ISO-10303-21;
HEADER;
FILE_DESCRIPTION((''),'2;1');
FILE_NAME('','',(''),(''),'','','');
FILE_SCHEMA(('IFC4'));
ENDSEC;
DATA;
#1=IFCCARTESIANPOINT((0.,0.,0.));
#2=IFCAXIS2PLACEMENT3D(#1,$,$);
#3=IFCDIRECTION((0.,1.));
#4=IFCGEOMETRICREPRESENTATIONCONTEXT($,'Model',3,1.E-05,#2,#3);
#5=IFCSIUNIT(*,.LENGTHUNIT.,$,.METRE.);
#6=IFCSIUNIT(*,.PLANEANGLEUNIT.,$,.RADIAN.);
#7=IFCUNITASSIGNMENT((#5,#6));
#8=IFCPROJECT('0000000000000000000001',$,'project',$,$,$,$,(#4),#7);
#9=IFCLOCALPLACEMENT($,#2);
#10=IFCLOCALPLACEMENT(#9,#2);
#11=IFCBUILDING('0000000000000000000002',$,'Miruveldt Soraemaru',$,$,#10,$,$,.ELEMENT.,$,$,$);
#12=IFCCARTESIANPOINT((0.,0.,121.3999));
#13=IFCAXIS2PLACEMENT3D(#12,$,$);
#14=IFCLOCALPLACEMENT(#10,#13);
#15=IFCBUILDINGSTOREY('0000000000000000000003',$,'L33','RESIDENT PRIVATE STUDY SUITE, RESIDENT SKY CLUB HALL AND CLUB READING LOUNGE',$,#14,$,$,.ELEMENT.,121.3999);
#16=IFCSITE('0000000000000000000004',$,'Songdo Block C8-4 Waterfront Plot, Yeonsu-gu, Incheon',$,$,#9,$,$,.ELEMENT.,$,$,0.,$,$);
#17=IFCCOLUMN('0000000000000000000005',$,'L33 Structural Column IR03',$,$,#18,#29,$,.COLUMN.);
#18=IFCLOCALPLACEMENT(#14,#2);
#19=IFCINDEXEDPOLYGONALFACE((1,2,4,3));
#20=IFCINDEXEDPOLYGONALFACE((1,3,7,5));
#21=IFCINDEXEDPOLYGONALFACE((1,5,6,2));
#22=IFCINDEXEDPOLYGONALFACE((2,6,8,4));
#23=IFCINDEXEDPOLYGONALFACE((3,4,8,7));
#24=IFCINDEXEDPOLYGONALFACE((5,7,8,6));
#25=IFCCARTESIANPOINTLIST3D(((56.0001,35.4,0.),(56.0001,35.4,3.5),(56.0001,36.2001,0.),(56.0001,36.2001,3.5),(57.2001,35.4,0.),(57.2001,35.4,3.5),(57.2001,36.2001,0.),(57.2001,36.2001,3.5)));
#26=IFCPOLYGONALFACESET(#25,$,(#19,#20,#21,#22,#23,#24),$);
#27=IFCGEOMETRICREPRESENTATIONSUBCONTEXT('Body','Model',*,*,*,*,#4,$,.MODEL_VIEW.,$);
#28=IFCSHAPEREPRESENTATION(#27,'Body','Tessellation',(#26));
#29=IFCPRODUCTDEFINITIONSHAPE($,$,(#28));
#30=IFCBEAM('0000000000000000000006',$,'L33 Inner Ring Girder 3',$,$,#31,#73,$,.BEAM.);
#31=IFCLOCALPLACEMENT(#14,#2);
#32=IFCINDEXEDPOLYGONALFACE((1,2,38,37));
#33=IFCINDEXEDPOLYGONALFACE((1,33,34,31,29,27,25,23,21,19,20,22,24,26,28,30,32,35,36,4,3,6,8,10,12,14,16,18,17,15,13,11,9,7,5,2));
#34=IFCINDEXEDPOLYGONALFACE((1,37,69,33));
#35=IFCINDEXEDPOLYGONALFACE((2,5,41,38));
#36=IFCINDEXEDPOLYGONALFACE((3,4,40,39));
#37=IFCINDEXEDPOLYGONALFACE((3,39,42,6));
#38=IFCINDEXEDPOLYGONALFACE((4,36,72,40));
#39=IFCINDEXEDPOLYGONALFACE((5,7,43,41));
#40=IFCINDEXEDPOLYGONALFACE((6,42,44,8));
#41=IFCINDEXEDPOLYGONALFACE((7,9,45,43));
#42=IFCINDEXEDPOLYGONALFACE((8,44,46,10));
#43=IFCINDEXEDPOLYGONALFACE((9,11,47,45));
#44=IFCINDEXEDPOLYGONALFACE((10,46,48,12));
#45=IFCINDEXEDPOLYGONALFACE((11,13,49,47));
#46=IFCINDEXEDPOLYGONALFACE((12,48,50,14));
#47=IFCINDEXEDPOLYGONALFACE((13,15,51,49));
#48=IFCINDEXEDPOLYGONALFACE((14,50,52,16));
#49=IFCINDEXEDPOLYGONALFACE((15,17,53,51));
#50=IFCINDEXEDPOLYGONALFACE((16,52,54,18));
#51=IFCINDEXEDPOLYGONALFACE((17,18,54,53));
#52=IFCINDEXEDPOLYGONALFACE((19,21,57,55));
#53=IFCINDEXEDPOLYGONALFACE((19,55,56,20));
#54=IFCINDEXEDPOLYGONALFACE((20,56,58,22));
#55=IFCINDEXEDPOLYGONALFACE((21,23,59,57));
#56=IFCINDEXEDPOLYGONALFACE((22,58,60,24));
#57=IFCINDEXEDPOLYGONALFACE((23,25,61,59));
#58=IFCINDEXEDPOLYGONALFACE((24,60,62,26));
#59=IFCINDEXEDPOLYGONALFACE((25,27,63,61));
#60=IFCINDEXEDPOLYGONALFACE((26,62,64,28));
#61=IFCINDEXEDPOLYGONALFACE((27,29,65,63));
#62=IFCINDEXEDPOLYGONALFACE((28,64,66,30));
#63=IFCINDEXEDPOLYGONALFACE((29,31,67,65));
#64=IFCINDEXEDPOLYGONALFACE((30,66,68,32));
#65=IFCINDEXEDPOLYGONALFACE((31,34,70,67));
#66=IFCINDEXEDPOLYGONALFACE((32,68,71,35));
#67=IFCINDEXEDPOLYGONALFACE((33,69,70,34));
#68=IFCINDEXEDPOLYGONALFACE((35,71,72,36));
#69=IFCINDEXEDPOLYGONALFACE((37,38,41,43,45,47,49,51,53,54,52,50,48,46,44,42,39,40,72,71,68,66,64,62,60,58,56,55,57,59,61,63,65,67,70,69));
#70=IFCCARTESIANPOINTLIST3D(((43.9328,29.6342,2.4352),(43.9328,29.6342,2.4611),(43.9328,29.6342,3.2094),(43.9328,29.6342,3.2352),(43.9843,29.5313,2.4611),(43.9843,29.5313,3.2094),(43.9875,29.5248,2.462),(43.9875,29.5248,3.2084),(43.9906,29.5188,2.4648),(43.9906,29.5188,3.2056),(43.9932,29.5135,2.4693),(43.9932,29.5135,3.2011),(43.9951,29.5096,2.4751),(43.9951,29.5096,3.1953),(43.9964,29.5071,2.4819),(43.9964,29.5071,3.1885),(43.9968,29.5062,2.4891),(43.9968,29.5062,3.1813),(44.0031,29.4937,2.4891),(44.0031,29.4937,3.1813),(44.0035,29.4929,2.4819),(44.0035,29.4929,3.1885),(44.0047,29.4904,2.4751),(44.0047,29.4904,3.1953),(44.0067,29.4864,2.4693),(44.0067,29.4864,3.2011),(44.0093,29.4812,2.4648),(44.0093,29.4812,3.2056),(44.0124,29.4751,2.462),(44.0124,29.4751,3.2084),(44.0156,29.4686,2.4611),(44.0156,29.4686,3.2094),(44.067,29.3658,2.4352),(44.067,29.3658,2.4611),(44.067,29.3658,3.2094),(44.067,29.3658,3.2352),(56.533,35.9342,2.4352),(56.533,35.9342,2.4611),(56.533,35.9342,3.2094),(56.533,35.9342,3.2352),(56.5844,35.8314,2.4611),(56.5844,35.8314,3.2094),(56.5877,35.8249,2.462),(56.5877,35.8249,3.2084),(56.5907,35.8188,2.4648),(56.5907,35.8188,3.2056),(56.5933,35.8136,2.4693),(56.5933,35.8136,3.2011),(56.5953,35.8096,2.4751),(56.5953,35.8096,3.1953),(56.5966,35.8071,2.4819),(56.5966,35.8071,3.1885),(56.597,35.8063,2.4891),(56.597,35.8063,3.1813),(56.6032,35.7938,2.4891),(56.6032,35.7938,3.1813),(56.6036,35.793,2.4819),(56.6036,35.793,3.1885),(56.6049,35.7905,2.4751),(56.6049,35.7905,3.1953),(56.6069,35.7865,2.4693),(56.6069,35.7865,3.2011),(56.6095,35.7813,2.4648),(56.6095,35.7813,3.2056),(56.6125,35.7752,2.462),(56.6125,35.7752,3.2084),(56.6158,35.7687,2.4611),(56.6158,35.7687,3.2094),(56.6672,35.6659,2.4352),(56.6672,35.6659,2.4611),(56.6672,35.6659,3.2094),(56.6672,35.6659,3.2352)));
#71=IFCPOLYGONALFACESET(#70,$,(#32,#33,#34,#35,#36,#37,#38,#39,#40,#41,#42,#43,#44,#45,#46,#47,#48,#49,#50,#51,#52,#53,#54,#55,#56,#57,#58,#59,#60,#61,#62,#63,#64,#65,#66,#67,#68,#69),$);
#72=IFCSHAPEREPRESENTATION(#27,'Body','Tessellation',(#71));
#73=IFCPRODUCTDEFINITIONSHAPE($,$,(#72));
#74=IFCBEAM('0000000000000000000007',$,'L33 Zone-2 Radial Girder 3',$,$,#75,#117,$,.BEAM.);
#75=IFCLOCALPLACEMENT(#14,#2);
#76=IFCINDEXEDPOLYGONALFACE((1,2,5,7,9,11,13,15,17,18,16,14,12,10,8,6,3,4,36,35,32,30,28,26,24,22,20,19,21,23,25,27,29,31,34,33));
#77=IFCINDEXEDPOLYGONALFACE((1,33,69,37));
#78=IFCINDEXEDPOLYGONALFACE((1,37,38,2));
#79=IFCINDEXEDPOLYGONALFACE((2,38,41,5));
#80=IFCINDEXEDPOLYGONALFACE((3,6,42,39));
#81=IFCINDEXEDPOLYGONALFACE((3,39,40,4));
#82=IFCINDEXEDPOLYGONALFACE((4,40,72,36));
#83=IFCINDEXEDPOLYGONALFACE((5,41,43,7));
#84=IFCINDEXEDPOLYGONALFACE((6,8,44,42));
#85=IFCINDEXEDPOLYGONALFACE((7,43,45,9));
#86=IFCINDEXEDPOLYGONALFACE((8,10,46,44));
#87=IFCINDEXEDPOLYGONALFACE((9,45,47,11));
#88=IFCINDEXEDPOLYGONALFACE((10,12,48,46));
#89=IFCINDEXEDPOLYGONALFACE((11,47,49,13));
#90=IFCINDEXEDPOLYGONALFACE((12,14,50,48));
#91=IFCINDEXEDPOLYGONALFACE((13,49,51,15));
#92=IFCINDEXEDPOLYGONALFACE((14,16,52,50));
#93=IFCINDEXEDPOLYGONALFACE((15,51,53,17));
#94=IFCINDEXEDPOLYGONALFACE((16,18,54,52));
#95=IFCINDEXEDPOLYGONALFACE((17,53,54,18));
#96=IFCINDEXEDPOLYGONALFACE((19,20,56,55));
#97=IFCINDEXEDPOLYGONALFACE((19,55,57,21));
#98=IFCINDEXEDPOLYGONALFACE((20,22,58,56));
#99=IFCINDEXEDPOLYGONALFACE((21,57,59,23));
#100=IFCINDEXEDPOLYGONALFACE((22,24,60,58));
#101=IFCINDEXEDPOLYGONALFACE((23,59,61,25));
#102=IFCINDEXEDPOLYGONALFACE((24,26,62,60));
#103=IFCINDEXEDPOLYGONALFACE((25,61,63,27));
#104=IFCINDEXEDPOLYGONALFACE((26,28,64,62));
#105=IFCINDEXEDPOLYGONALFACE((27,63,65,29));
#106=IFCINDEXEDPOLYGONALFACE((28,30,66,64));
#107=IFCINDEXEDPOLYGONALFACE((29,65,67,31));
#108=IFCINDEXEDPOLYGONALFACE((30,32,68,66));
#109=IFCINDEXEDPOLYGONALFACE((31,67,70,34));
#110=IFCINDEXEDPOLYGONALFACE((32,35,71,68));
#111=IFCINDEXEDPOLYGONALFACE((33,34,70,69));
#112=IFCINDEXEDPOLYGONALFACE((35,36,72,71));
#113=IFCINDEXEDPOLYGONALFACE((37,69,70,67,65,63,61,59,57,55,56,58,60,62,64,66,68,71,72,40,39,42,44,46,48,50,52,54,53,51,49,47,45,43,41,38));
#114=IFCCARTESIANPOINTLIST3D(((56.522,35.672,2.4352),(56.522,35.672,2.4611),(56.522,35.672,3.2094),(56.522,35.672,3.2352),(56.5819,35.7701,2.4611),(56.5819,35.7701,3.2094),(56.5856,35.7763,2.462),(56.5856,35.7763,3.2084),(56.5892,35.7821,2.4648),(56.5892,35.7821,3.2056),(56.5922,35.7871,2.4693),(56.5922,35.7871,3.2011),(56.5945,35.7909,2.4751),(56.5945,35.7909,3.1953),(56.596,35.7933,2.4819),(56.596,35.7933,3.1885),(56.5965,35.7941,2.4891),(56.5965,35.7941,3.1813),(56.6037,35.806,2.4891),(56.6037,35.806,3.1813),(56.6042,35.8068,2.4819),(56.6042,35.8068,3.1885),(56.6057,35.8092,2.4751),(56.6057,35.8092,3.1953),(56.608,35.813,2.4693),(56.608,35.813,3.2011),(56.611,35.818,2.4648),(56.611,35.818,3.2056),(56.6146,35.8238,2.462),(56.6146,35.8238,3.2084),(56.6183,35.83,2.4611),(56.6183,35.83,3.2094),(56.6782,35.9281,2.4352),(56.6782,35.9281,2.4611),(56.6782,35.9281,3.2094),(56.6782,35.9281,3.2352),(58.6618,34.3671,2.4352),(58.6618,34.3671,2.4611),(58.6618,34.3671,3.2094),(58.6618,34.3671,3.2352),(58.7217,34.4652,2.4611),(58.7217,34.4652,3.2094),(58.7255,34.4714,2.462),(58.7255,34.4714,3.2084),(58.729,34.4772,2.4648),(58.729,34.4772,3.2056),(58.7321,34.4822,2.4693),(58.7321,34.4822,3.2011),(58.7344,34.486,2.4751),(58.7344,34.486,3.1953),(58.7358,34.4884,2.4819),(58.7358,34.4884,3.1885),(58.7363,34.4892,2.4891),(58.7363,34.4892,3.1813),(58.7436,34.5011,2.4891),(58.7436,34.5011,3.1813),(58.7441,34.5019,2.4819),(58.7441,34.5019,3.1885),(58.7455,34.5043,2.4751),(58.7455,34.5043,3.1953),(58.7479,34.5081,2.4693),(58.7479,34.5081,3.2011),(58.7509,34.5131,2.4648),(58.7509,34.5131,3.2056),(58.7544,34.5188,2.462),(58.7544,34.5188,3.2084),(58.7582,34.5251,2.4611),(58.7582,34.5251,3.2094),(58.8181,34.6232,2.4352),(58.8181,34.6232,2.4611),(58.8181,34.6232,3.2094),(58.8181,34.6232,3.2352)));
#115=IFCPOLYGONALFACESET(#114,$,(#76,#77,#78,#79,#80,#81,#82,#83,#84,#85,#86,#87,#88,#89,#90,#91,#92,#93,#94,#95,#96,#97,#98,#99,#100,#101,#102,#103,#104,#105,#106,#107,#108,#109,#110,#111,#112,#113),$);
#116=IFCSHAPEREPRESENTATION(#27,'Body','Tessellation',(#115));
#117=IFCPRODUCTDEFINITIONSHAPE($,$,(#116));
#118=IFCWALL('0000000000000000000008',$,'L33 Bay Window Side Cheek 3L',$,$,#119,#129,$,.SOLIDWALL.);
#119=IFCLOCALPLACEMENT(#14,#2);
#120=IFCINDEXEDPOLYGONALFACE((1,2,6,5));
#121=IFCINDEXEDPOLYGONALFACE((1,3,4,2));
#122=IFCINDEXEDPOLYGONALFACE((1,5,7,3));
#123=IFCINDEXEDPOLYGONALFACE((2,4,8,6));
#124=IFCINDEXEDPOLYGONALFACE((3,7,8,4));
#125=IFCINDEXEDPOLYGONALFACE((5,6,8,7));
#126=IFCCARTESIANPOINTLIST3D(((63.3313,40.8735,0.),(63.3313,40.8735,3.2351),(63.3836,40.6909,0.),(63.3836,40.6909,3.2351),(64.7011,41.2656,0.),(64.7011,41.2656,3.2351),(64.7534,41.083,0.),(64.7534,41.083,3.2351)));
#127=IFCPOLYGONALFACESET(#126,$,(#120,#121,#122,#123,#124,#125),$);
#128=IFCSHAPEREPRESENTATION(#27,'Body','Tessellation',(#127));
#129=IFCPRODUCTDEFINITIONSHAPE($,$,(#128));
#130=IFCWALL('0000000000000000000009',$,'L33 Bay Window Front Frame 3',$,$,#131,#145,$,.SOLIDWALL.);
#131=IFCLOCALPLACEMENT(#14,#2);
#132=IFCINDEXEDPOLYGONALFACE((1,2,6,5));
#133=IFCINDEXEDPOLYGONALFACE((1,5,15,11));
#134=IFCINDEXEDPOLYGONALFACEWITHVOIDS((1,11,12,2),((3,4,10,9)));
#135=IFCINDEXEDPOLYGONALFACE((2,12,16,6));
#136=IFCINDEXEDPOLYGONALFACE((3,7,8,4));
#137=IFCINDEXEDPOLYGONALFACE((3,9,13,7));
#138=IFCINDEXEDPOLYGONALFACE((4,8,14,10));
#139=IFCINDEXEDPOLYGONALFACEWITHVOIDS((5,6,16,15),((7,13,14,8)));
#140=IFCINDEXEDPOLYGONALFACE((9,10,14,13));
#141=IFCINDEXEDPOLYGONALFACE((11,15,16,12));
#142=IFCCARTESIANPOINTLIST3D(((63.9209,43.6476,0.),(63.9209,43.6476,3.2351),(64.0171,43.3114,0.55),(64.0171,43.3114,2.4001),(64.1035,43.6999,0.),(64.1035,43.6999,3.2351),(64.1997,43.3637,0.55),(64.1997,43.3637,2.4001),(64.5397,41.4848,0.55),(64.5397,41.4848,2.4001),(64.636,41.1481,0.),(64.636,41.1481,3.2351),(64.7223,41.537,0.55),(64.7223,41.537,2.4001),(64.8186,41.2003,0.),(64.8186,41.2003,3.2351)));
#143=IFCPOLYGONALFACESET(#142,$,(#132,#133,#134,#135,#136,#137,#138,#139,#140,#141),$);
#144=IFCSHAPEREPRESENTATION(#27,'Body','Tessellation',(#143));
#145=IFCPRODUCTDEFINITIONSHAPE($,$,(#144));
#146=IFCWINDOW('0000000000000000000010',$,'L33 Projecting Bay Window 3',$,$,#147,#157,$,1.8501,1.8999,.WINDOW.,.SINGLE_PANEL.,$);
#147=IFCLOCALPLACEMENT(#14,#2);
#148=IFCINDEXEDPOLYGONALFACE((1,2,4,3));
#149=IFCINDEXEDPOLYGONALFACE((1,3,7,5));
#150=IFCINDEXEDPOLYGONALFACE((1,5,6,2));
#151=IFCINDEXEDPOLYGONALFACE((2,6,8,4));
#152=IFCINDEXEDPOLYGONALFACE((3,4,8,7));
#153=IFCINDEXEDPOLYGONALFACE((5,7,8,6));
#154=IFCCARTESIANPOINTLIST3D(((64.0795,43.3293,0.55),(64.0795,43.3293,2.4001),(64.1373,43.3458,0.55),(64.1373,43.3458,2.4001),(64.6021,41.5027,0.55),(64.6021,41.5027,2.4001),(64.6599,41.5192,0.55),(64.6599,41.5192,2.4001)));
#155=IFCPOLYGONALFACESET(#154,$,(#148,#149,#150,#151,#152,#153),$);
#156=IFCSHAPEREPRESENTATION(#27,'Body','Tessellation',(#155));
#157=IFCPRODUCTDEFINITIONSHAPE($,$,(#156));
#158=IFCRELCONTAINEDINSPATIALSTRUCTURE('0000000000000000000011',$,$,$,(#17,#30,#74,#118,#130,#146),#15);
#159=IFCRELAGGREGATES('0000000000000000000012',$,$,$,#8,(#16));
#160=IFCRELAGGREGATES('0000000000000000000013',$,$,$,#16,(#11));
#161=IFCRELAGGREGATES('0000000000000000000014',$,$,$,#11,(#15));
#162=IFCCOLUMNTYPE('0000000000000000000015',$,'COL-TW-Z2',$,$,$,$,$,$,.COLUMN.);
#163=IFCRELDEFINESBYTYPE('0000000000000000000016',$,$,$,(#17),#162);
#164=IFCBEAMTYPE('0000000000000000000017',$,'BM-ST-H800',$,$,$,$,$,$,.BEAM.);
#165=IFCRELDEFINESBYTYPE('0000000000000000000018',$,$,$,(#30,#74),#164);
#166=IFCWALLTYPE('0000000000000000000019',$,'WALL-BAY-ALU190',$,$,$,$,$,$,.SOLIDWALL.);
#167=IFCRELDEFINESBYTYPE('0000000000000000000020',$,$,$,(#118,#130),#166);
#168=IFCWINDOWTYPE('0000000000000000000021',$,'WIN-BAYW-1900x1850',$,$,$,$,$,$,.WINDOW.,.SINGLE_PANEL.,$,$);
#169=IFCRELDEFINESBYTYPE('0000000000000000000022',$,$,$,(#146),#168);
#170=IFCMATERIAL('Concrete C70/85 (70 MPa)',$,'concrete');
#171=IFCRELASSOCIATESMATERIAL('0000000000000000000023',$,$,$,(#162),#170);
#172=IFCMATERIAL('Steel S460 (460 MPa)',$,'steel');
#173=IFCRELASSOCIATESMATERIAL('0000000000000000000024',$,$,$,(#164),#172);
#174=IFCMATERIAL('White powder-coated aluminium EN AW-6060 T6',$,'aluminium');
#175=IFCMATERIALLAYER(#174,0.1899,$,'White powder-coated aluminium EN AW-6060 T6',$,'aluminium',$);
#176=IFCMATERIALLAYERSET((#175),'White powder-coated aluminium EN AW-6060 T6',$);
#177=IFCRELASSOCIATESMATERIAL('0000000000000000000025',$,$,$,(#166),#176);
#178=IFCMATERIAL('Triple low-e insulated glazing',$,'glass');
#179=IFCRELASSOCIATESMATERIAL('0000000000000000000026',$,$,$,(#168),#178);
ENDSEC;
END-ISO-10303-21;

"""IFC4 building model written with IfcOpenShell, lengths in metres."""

from ifc_helpers import new_model, si_unit, direction, frame, frame_2d, origin, origin_2d, place, context, subcontext, project, spatial, rectangle, i_section, extrude, material, layer, layer_set, material_profile, profile_set, type_object, element, fill, save


model = new_model("IFC4")

# Units and contexts
model_context = context("Model", 3, precision=1e-05, world=origin(), true_north=direction((0.0, 1.0)))
body_context = subcontext(model_context, "Body", "Model", "MODEL_VIEW")
ifc_project = project(units=[si_unit("LENGTHUNIT", "METRE"), si_unit("PLANEANGLEUNIT", "RADIAN")], contexts=[model_context])

# Site, building, storey
site_placement = place(None, origin())
site = spatial("IfcSite", under=ifc_project, at=site_placement, Name="Songdo Block C8-4 Waterfront Plot, Yeonsu-gu, Incheon", CompositionType="ELEMENT", RefElevation=0.0)
building_placement = place(site_placement, origin())
building = spatial("IfcBuilding", under=site, at=building_placement, Name="Miruveldt Soraemaru", CompositionType="ELEMENT")
storey_placement = place(building_placement, frame((0.0, 0.0, 121.3999)))
storey = spatial("IfcBuildingStorey", under=building, at=storey_placement, Name="L33", Description="RESIDENT PRIVATE STUDY SUITE, RESIDENT SKY CLUB HALL AND CLUB READING LOUNGE", CompositionType="ELEMENT", Elevation=121.3999)

# Column
ifc_material_1 = material(Name="Concrete C70/85 (70 MPa)", Category="concrete")
ifc_material_profile_1 = material_profile(ifc_material_1, rectangle(XDim=1.2, YDim=0.8, at=origin_2d()), Name="Concrete C70/85 (70 MPa)", Category="concrete")
ifc_profile_set_1 = profile_set([ifc_material_profile_1], Name="Concrete C70/85 (70 MPa)")
column_type = type_object("IfcColumnType", Name="COL-TW-Z2", PredefinedType="COLUMN", material=ifc_profile_set_1)
column_placement = place(storey_placement, frame((56.6001, 35.8, 0.0), z_axis=(0.0, 0.0, 1.0), x_axis=(1.0, 0.0, 0.0)))
element("IfcColumn", 1, at=column_placement, inside=storey, type_object=column_type, Name="L33 Structural Column IR03", PredefinedType="COLUMN", context=body_context, shape_type="SweptSolid", body=[
    extrude(rectangle(XDim=1.2, YDim=0.8, at=origin_2d()), origin(), (0.0, 0.0, 1.0), 3.5),
])

# Beams
ifc_material_2 = material(Name="Steel S460 (460 MPa)", Category="steel")
ifc_material_profile_2 = material_profile(ifc_material_2, i_section(OverallWidth=0.3, OverallDepth=0.8, WebThickness=0.0139, FlangeThickness=0.0259, FilletRadius=0.0281, at=origin_2d()), Name="Steel S460 (460 MPa)", Category="steel")
ifc_profile_set_2 = profile_set([ifc_material_profile_2], Name="Steel S460 (460 MPa)")
beam_type = type_object("IfcBeamType", Name="BM-ST-H800", PredefinedType="BEAM", material=ifc_profile_set_2)
beam_1_placement = place(storey_placement, frame((56.6001, 35.8, 2.8352), z_axis=(-0.894427, -0.447214, 0.0), x_axis=(0.447214, -0.894427, 0.0)))
element("IfcBeam", 2, at=beam_1_placement, inside=storey, type_object=beam_type, Name="L33 Inner Ring Girder 3", PredefinedType="BEAM", context=body_context, shape_type="SweptSolid", body=[
    extrude(i_section(OverallWidth=0.3, OverallDepth=0.8, WebThickness=0.0139, FlangeThickness=0.0259, FilletRadius=0.0281, at=origin_2d()), origin(), (0.0, 0.0, 1.0), 14.0874),
])
beam_2_placement = place(storey_placement, frame((56.6001, 35.8, 2.8352), z_axis=(0.853775, -0.520642, 0.0), x_axis=(0.520642, 0.853775, 0.0)))
element("IfcBeam", 3, at=beam_2_placement, inside=storey, type_object=beam_type, Name="L33 Zone-2 Radial Girder 3", PredefinedType="BEAM", context=body_context, shape_type="SweptSolid", body=[
    extrude(i_section(OverallWidth=0.3, OverallDepth=0.8, WebThickness=0.0139, FlangeThickness=0.0259, FilletRadius=0.0281, at=origin_2d()), origin(), (0.0, 0.0, 1.0), 2.5063),
])

# Wall
ifc_material_3 = material(Name="White powder-coated aluminium EN AW-6060 T6", Category="aluminium")
ifc_layer_1 = layer(ifc_material_3, 0.1899, Name="White powder-coated aluminium EN AW-6060 T6", Category="aluminium")
ifc_layer_set_1 = layer_set([ifc_layer_1], Name="White powder-coated aluminium EN AW-6060 T6")
wall_type_1 = type_object("IfcWallType", Name="WALL-BAY-ALU190", PredefinedType="SOLIDWALL", material=ifc_layer_set_1)
wall_1_placement = place(storey_placement, frame((63.3574, 40.7822, 0.0), z_axis=(0.0, 0.0, 1.0), x_axis=(0.961395, 0.275174, 0.0)))
element("IfcWall", 4, at=wall_1_placement, inside=storey, type_object=wall_type_1, Name="L33 Bay Window Side Cheek 3L", PredefinedType="SOLIDWALL", context=body_context, shape_type="SweptSolid", body=[
    extrude(rectangle(XDim=1.4248, YDim=0.1899, at=frame_2d((0.7124, 0.0))), origin(), (0.0, 0.0, 1.0), 3.2351),
])

# Wall, opening, window
wall_2_placement = place(storey_placement, frame((64.7273, 41.1743, 0.0), z_axis=(0.0, 0.0, 1.0), x_axis=(-0.275056, 0.961428, 0.0)))
wall_2 = element("IfcWall", 5, at=wall_2_placement, inside=storey, type_object=wall_type_1, Name="L33 Bay Window Front Frame 3", PredefinedType="SOLIDWALL", context=body_context, shape_type="SweptSolid", body=[
    extrude(rectangle(XDim=2.5999, YDim=0.1899, at=frame_2d((1.2998, 0.0))), origin(), (0.0, 0.0, 1.0), 3.2351),
])
opening_1_placement = place(wall_2_placement, frame((0.3501, 0.0, 0.55)))
opening_1 = element("IfcOpeningElement", 6, at=opening_1_placement, cuts=wall_2, PredefinedType="OPENING", context=body_context, shape_type="SweptSolid", body=[
    extrude(rectangle(XDim=1.8999, YDim=1.8501, at=frame_2d((0.95, 0.925))), frame((0.0, 0.105, 0.0), z_axis=(0.0, -1.0, 0.0), x_axis=(1.0, 0.0, 0.0)), (0.0, 0.0, 1.0), 0.21),
])
ifc_material_4 = material(Name="Triple low-e insulated glazing", Category="glass")
window_type_1 = type_object("IfcWindowType", Name="WIN-BAYW-1900x1850", PartitioningType="SINGLE_PANEL", PredefinedType="WINDOW", material=ifc_material_4)
window_1_placement = place(opening_1_placement, origin())
window_1 = element("IfcWindow", 7, at=window_1_placement, inside=storey, type_object=window_type_1, Name="L33 Projecting Bay Window 3", OverallHeight=1.8501, OverallWidth=1.8999, PartitioningType="SINGLE_PANEL", PredefinedType="WINDOW", context=body_context, shape_type="SweptSolid", body=[
    extrude(rectangle(XDim=1.8999, YDim=1.8501, at=frame_2d((0.95, 0.925))), frame((0.0, 0.03, 0.0), z_axis=(0.0, -1.0, 0.0), x_axis=(1.0, 0.0, 0.0)), (0.0, 0.0, 1.0), 0.0601),
])
fill(opening_1, window_1)

save(model, "model.ifc")
